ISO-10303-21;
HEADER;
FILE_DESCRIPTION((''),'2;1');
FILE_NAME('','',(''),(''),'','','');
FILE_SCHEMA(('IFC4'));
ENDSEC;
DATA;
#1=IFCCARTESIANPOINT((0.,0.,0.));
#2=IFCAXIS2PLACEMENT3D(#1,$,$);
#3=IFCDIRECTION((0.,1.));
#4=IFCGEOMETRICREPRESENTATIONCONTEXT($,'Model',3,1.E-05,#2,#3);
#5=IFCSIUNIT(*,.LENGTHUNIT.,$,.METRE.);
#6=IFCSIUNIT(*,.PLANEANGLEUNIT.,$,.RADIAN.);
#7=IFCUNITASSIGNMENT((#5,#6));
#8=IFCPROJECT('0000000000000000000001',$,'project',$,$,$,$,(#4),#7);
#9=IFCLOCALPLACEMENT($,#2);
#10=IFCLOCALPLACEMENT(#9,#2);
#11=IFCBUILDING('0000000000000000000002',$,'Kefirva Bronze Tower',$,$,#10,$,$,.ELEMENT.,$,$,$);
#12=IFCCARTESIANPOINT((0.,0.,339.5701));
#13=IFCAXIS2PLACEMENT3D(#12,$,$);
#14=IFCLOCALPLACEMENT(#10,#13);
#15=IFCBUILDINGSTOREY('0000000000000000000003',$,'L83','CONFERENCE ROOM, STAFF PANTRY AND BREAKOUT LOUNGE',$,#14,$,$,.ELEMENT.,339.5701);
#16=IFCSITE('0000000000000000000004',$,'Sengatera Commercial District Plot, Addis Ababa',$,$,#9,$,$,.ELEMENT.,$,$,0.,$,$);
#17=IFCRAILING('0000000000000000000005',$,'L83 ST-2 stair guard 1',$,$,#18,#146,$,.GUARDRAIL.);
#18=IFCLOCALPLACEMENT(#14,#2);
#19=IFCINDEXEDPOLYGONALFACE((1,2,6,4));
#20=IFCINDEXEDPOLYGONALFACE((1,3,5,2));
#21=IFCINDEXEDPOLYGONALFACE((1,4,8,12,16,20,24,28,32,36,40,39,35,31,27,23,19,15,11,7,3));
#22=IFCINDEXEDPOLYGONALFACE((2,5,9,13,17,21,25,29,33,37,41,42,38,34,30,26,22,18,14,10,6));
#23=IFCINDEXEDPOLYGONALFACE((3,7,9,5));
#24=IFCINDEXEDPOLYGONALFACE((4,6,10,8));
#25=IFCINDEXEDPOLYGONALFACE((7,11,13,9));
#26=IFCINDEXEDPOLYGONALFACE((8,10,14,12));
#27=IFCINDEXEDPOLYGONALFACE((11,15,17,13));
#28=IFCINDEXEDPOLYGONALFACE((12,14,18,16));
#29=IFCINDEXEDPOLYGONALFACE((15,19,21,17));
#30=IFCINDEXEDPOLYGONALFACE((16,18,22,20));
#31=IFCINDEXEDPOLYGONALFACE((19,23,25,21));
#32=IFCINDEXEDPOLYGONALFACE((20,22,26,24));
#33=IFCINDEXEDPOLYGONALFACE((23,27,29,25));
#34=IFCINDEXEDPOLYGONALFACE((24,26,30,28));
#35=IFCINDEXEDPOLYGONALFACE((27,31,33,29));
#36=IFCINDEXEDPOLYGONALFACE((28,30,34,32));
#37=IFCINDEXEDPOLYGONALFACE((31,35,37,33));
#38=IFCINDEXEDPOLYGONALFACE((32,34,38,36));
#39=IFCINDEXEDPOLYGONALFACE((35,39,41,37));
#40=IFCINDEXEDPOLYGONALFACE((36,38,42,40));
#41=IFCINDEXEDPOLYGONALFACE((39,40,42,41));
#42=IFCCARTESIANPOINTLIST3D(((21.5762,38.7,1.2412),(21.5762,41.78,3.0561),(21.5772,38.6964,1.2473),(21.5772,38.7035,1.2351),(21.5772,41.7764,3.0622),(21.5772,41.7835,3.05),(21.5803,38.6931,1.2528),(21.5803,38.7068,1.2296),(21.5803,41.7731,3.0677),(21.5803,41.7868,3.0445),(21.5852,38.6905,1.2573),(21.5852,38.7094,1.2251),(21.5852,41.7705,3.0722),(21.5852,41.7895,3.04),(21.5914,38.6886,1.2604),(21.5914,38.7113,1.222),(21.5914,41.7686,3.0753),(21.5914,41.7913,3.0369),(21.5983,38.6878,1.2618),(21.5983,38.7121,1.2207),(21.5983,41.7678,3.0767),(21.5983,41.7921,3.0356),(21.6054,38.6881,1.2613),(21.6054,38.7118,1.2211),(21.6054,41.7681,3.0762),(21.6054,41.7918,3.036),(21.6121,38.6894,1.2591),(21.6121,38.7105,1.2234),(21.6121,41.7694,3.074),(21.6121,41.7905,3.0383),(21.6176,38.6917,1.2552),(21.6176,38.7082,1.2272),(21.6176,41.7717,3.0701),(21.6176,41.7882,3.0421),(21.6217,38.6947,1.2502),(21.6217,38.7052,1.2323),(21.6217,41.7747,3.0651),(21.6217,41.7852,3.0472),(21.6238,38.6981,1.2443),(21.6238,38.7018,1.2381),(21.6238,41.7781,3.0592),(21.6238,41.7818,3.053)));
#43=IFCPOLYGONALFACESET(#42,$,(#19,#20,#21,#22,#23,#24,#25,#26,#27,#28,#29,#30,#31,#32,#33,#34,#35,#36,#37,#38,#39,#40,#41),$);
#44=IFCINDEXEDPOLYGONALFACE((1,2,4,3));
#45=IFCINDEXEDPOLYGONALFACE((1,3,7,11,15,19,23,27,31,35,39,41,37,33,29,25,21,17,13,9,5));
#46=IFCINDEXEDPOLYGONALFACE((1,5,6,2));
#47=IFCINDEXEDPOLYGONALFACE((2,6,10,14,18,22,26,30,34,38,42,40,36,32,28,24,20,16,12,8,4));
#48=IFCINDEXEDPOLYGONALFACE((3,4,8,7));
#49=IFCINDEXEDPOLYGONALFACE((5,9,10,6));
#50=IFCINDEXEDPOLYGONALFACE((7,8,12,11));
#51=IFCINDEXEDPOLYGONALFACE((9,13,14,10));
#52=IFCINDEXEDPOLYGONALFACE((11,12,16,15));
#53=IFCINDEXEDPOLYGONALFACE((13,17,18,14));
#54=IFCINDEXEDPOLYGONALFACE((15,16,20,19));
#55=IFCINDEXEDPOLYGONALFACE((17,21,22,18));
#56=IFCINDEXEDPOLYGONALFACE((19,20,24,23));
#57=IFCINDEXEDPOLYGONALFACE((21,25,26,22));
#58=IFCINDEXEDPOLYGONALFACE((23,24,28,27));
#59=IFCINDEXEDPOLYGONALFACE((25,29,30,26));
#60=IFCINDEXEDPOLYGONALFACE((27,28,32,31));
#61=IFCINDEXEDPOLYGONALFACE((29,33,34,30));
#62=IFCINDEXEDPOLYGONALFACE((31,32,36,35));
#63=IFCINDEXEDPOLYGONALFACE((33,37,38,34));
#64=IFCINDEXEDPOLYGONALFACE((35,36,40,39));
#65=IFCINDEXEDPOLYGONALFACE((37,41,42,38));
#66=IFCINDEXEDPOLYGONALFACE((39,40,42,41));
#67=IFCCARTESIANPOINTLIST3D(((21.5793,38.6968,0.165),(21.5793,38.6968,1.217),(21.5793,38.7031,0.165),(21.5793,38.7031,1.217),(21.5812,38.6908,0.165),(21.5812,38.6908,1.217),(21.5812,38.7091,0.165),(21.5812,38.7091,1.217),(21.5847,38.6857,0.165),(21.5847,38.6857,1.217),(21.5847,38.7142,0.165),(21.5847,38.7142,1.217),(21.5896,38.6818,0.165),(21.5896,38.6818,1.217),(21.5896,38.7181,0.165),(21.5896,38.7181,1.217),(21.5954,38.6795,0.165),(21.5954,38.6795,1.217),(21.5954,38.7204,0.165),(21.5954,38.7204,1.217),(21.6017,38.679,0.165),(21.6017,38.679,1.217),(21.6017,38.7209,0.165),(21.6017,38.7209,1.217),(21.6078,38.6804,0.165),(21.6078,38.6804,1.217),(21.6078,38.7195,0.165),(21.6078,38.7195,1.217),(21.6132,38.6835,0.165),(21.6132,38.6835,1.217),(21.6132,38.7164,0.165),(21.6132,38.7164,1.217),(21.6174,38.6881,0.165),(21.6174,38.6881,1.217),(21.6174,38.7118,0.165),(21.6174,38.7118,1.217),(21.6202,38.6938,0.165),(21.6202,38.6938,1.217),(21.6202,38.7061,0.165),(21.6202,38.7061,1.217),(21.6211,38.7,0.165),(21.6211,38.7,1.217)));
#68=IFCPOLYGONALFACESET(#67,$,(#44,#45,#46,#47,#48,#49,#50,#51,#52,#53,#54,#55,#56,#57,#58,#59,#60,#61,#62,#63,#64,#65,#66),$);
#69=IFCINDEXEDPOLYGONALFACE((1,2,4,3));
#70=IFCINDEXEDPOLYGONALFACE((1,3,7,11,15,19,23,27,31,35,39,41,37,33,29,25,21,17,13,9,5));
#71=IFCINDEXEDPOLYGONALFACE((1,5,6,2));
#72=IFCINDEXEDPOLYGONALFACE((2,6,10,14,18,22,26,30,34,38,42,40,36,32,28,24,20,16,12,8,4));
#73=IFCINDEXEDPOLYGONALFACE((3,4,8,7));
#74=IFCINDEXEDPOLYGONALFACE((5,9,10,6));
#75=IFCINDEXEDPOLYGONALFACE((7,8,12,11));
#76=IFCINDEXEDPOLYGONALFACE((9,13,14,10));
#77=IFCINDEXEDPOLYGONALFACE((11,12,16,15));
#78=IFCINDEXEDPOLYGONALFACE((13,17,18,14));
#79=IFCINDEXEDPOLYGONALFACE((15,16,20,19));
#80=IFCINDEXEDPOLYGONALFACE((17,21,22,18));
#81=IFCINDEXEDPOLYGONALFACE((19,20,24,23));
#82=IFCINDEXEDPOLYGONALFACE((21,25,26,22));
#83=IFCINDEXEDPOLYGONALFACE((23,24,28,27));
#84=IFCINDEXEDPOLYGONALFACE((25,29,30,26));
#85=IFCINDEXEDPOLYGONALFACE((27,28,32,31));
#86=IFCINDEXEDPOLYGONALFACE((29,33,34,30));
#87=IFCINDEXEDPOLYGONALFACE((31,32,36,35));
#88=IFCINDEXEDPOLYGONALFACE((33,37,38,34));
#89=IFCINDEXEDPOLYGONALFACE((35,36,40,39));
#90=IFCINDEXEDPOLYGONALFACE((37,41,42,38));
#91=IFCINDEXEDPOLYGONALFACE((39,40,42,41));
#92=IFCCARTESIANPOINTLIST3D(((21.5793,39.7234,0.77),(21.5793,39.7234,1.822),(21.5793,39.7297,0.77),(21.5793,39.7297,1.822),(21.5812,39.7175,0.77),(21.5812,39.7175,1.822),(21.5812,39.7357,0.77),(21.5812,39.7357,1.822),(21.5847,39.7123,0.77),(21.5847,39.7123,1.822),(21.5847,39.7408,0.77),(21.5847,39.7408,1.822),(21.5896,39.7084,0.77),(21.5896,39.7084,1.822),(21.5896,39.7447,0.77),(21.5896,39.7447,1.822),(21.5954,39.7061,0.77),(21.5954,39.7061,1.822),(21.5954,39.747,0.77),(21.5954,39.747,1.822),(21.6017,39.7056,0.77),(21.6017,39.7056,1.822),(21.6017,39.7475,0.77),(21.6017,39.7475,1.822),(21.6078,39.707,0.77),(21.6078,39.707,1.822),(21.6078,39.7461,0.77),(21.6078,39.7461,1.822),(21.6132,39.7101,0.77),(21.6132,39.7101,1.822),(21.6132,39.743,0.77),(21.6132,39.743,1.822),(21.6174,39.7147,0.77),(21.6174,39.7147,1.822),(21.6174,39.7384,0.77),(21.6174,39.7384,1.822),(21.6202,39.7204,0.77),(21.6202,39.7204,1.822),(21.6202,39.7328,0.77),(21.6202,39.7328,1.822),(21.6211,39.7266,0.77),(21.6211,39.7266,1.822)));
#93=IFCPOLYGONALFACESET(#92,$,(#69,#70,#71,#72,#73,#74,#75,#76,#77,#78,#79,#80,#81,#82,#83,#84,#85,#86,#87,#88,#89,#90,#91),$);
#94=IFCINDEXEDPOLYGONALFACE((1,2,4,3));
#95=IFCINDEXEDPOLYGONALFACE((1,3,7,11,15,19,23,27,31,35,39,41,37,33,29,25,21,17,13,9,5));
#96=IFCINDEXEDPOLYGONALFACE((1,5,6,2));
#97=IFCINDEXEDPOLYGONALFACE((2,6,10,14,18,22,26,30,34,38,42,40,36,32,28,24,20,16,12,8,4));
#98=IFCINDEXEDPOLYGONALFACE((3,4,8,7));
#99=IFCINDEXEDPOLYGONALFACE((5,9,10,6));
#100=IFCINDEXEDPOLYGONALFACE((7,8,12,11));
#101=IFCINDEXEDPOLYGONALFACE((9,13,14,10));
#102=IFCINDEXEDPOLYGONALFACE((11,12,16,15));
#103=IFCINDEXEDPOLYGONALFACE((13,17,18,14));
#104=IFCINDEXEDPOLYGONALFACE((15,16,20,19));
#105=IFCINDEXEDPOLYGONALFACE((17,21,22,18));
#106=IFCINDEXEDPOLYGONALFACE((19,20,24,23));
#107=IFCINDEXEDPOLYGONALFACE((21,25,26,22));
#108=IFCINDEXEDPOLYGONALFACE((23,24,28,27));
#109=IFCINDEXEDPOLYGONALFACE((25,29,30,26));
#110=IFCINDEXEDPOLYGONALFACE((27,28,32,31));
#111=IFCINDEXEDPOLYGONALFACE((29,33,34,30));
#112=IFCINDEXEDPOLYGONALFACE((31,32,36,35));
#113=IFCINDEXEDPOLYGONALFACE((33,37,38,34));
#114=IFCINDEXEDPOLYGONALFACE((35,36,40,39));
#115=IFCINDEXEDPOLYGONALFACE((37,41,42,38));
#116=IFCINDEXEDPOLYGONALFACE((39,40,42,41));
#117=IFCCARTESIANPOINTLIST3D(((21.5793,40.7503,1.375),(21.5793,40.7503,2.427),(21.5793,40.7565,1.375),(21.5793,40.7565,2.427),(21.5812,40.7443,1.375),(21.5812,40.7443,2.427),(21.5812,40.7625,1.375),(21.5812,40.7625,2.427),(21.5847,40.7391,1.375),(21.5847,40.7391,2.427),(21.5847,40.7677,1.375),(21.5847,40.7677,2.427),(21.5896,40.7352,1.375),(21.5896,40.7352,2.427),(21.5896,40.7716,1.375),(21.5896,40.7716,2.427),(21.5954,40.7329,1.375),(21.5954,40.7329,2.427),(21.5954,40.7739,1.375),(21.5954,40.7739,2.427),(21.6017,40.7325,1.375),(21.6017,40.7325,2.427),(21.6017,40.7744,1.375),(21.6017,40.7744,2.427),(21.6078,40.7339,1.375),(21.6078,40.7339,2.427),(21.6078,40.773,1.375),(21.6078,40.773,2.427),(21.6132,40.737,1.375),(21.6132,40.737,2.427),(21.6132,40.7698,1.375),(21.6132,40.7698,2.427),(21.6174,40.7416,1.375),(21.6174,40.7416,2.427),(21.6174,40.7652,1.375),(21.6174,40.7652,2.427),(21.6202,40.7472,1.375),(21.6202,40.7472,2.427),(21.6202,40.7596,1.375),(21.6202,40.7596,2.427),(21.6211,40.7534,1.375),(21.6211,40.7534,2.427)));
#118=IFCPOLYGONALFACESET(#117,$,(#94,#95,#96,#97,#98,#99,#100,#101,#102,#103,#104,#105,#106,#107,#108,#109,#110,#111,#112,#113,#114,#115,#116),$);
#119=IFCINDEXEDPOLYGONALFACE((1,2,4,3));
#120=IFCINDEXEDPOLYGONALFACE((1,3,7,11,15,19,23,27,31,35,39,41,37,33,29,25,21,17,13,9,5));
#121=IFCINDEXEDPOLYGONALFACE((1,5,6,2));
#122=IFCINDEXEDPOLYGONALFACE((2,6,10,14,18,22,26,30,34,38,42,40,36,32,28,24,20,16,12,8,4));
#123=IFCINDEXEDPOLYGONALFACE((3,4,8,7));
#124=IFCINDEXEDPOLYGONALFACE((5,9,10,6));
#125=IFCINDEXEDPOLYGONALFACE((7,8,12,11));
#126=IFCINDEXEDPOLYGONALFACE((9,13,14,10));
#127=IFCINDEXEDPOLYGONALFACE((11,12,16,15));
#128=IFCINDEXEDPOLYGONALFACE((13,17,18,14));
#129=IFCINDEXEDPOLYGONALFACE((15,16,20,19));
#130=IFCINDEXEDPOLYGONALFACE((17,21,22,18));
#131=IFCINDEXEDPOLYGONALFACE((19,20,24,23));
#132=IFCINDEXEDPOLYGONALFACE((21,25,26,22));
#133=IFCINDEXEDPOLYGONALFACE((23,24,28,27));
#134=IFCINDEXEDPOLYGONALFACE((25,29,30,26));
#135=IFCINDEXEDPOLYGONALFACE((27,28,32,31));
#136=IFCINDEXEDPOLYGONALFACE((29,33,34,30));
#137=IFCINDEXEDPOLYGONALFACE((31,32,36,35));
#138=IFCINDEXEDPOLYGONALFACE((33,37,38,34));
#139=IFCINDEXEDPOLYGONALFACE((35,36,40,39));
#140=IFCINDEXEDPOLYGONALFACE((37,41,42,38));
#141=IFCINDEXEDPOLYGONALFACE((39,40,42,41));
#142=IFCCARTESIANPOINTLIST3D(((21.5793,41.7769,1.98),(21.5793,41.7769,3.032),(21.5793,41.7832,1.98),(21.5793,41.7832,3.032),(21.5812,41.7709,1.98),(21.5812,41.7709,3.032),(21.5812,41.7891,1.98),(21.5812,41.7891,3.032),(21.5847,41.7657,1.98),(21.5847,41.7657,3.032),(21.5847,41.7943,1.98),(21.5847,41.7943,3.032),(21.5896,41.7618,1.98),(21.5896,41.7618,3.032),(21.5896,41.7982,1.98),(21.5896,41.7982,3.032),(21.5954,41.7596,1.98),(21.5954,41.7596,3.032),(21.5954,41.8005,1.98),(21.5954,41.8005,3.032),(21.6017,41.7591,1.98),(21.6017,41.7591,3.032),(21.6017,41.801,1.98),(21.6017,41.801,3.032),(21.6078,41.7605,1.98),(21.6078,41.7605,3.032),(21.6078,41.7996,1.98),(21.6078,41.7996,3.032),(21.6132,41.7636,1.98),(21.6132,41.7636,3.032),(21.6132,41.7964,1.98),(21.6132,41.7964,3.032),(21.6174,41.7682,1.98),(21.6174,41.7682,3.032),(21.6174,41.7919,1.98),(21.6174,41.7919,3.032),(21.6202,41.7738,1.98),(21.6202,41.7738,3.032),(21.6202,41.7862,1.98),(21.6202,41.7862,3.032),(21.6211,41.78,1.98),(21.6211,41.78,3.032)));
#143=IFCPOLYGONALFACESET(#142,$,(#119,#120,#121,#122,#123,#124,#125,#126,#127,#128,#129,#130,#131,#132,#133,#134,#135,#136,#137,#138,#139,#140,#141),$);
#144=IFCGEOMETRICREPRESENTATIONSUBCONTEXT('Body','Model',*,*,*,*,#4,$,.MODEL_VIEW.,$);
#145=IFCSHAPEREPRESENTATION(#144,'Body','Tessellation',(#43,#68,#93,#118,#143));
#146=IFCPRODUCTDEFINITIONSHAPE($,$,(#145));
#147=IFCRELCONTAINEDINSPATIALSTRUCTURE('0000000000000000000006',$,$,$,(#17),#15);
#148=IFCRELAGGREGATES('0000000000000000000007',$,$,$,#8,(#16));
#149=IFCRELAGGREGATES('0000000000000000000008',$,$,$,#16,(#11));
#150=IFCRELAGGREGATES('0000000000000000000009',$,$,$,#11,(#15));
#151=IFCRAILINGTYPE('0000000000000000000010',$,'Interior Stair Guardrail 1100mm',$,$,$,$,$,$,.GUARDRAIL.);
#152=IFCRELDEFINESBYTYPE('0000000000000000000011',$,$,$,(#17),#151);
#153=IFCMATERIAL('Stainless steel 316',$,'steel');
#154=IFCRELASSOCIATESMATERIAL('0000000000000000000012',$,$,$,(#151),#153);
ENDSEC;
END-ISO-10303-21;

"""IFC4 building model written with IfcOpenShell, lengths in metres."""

from ifc_helpers import new_model, si_unit, direction, frame, origin, origin_2d, place, context, subcontext, project, spatial, circle, extrude, material, type_object, element, save


model = new_model("IFC4")

# Units and contexts
model_context = context("Model", 3, precision=1e-05, world=origin(), true_north=direction((0.0, 1.0)))
body_context = subcontext(model_context, "Body", "Model", "MODEL_VIEW")
ifc_project = project(units=[si_unit("LENGTHUNIT", "METRE"), si_unit("PLANEANGLEUNIT", "RADIAN")], contexts=[model_context])

# Site, building, storey
site_placement = place(None, origin())
site = spatial("IfcSite", under=ifc_project, at=site_placement, Name="Sengatera Commercial District Plot, Addis Ababa", CompositionType="ELEMENT", RefElevation=0.0)
building_placement = place(site_placement, origin())
building = spatial("IfcBuilding", under=site, at=building_placement, Name="Kefirva Bronze Tower", CompositionType="ELEMENT")
storey_placement = place(building_placement, frame((0.0, 0.0, 339.5701)))
storey = spatial("IfcBuildingStorey", under=building, at=storey_placement, Name="L83", Description="CONFERENCE ROOM, STAFF PANTRY AND BREAKOUT LOUNGE", CompositionType="ELEMENT", Elevation=339.5701)

# Railing
ifc_material_1 = material(Name="Stainless steel 316", Category="steel")
railing_type_1 = type_object("IfcRailingType", Name="Interior Stair Guardrail 1100mm", PredefinedType="GUARDRAIL", material=ifc_material_1)
railing_1_placement = place(storey_placement, frame((21.6001, 38.7, 0.165)))
element("IfcRailing", 1, at=railing_1_placement, inside=storey, type_object=railing_type_1, Name="L83 ST-2 stair guard 1", PredefinedType="GUARDRAIL", context=body_context, shape_type="SweptSolid", body=[
    extrude(circle(Radius=0.0239, at=origin_2d()), frame((0.0, 0.0, 1.0762), z_axis=(0.0, 0.861551, 0.507671), x_axis=(-1.0, 0.0, 0.0)), (0.0, 0.0, 1.0), 3.575),
    extrude(circle(Radius=0.021, at=origin_2d()), origin(), (0.0, 0.0, 1.0), 1.052),
    extrude(circle(Radius=0.021, at=origin_2d()), frame((0.0, 1.0266, 0.605)), (0.0, 0.0, 1.0), 1.052),
    extrude(circle(Radius=0.021, at=origin_2d()), frame((0.0, 2.0535, 1.21)), (0.0, 0.0, 1.0), 1.052),
    extrude(circle(Radius=0.021, at=origin_2d()), frame((0.0, 3.0801, 1.8149)), (0.0, 0.0, 1.0), 1.052),
])

save(model, "model.ifc")
